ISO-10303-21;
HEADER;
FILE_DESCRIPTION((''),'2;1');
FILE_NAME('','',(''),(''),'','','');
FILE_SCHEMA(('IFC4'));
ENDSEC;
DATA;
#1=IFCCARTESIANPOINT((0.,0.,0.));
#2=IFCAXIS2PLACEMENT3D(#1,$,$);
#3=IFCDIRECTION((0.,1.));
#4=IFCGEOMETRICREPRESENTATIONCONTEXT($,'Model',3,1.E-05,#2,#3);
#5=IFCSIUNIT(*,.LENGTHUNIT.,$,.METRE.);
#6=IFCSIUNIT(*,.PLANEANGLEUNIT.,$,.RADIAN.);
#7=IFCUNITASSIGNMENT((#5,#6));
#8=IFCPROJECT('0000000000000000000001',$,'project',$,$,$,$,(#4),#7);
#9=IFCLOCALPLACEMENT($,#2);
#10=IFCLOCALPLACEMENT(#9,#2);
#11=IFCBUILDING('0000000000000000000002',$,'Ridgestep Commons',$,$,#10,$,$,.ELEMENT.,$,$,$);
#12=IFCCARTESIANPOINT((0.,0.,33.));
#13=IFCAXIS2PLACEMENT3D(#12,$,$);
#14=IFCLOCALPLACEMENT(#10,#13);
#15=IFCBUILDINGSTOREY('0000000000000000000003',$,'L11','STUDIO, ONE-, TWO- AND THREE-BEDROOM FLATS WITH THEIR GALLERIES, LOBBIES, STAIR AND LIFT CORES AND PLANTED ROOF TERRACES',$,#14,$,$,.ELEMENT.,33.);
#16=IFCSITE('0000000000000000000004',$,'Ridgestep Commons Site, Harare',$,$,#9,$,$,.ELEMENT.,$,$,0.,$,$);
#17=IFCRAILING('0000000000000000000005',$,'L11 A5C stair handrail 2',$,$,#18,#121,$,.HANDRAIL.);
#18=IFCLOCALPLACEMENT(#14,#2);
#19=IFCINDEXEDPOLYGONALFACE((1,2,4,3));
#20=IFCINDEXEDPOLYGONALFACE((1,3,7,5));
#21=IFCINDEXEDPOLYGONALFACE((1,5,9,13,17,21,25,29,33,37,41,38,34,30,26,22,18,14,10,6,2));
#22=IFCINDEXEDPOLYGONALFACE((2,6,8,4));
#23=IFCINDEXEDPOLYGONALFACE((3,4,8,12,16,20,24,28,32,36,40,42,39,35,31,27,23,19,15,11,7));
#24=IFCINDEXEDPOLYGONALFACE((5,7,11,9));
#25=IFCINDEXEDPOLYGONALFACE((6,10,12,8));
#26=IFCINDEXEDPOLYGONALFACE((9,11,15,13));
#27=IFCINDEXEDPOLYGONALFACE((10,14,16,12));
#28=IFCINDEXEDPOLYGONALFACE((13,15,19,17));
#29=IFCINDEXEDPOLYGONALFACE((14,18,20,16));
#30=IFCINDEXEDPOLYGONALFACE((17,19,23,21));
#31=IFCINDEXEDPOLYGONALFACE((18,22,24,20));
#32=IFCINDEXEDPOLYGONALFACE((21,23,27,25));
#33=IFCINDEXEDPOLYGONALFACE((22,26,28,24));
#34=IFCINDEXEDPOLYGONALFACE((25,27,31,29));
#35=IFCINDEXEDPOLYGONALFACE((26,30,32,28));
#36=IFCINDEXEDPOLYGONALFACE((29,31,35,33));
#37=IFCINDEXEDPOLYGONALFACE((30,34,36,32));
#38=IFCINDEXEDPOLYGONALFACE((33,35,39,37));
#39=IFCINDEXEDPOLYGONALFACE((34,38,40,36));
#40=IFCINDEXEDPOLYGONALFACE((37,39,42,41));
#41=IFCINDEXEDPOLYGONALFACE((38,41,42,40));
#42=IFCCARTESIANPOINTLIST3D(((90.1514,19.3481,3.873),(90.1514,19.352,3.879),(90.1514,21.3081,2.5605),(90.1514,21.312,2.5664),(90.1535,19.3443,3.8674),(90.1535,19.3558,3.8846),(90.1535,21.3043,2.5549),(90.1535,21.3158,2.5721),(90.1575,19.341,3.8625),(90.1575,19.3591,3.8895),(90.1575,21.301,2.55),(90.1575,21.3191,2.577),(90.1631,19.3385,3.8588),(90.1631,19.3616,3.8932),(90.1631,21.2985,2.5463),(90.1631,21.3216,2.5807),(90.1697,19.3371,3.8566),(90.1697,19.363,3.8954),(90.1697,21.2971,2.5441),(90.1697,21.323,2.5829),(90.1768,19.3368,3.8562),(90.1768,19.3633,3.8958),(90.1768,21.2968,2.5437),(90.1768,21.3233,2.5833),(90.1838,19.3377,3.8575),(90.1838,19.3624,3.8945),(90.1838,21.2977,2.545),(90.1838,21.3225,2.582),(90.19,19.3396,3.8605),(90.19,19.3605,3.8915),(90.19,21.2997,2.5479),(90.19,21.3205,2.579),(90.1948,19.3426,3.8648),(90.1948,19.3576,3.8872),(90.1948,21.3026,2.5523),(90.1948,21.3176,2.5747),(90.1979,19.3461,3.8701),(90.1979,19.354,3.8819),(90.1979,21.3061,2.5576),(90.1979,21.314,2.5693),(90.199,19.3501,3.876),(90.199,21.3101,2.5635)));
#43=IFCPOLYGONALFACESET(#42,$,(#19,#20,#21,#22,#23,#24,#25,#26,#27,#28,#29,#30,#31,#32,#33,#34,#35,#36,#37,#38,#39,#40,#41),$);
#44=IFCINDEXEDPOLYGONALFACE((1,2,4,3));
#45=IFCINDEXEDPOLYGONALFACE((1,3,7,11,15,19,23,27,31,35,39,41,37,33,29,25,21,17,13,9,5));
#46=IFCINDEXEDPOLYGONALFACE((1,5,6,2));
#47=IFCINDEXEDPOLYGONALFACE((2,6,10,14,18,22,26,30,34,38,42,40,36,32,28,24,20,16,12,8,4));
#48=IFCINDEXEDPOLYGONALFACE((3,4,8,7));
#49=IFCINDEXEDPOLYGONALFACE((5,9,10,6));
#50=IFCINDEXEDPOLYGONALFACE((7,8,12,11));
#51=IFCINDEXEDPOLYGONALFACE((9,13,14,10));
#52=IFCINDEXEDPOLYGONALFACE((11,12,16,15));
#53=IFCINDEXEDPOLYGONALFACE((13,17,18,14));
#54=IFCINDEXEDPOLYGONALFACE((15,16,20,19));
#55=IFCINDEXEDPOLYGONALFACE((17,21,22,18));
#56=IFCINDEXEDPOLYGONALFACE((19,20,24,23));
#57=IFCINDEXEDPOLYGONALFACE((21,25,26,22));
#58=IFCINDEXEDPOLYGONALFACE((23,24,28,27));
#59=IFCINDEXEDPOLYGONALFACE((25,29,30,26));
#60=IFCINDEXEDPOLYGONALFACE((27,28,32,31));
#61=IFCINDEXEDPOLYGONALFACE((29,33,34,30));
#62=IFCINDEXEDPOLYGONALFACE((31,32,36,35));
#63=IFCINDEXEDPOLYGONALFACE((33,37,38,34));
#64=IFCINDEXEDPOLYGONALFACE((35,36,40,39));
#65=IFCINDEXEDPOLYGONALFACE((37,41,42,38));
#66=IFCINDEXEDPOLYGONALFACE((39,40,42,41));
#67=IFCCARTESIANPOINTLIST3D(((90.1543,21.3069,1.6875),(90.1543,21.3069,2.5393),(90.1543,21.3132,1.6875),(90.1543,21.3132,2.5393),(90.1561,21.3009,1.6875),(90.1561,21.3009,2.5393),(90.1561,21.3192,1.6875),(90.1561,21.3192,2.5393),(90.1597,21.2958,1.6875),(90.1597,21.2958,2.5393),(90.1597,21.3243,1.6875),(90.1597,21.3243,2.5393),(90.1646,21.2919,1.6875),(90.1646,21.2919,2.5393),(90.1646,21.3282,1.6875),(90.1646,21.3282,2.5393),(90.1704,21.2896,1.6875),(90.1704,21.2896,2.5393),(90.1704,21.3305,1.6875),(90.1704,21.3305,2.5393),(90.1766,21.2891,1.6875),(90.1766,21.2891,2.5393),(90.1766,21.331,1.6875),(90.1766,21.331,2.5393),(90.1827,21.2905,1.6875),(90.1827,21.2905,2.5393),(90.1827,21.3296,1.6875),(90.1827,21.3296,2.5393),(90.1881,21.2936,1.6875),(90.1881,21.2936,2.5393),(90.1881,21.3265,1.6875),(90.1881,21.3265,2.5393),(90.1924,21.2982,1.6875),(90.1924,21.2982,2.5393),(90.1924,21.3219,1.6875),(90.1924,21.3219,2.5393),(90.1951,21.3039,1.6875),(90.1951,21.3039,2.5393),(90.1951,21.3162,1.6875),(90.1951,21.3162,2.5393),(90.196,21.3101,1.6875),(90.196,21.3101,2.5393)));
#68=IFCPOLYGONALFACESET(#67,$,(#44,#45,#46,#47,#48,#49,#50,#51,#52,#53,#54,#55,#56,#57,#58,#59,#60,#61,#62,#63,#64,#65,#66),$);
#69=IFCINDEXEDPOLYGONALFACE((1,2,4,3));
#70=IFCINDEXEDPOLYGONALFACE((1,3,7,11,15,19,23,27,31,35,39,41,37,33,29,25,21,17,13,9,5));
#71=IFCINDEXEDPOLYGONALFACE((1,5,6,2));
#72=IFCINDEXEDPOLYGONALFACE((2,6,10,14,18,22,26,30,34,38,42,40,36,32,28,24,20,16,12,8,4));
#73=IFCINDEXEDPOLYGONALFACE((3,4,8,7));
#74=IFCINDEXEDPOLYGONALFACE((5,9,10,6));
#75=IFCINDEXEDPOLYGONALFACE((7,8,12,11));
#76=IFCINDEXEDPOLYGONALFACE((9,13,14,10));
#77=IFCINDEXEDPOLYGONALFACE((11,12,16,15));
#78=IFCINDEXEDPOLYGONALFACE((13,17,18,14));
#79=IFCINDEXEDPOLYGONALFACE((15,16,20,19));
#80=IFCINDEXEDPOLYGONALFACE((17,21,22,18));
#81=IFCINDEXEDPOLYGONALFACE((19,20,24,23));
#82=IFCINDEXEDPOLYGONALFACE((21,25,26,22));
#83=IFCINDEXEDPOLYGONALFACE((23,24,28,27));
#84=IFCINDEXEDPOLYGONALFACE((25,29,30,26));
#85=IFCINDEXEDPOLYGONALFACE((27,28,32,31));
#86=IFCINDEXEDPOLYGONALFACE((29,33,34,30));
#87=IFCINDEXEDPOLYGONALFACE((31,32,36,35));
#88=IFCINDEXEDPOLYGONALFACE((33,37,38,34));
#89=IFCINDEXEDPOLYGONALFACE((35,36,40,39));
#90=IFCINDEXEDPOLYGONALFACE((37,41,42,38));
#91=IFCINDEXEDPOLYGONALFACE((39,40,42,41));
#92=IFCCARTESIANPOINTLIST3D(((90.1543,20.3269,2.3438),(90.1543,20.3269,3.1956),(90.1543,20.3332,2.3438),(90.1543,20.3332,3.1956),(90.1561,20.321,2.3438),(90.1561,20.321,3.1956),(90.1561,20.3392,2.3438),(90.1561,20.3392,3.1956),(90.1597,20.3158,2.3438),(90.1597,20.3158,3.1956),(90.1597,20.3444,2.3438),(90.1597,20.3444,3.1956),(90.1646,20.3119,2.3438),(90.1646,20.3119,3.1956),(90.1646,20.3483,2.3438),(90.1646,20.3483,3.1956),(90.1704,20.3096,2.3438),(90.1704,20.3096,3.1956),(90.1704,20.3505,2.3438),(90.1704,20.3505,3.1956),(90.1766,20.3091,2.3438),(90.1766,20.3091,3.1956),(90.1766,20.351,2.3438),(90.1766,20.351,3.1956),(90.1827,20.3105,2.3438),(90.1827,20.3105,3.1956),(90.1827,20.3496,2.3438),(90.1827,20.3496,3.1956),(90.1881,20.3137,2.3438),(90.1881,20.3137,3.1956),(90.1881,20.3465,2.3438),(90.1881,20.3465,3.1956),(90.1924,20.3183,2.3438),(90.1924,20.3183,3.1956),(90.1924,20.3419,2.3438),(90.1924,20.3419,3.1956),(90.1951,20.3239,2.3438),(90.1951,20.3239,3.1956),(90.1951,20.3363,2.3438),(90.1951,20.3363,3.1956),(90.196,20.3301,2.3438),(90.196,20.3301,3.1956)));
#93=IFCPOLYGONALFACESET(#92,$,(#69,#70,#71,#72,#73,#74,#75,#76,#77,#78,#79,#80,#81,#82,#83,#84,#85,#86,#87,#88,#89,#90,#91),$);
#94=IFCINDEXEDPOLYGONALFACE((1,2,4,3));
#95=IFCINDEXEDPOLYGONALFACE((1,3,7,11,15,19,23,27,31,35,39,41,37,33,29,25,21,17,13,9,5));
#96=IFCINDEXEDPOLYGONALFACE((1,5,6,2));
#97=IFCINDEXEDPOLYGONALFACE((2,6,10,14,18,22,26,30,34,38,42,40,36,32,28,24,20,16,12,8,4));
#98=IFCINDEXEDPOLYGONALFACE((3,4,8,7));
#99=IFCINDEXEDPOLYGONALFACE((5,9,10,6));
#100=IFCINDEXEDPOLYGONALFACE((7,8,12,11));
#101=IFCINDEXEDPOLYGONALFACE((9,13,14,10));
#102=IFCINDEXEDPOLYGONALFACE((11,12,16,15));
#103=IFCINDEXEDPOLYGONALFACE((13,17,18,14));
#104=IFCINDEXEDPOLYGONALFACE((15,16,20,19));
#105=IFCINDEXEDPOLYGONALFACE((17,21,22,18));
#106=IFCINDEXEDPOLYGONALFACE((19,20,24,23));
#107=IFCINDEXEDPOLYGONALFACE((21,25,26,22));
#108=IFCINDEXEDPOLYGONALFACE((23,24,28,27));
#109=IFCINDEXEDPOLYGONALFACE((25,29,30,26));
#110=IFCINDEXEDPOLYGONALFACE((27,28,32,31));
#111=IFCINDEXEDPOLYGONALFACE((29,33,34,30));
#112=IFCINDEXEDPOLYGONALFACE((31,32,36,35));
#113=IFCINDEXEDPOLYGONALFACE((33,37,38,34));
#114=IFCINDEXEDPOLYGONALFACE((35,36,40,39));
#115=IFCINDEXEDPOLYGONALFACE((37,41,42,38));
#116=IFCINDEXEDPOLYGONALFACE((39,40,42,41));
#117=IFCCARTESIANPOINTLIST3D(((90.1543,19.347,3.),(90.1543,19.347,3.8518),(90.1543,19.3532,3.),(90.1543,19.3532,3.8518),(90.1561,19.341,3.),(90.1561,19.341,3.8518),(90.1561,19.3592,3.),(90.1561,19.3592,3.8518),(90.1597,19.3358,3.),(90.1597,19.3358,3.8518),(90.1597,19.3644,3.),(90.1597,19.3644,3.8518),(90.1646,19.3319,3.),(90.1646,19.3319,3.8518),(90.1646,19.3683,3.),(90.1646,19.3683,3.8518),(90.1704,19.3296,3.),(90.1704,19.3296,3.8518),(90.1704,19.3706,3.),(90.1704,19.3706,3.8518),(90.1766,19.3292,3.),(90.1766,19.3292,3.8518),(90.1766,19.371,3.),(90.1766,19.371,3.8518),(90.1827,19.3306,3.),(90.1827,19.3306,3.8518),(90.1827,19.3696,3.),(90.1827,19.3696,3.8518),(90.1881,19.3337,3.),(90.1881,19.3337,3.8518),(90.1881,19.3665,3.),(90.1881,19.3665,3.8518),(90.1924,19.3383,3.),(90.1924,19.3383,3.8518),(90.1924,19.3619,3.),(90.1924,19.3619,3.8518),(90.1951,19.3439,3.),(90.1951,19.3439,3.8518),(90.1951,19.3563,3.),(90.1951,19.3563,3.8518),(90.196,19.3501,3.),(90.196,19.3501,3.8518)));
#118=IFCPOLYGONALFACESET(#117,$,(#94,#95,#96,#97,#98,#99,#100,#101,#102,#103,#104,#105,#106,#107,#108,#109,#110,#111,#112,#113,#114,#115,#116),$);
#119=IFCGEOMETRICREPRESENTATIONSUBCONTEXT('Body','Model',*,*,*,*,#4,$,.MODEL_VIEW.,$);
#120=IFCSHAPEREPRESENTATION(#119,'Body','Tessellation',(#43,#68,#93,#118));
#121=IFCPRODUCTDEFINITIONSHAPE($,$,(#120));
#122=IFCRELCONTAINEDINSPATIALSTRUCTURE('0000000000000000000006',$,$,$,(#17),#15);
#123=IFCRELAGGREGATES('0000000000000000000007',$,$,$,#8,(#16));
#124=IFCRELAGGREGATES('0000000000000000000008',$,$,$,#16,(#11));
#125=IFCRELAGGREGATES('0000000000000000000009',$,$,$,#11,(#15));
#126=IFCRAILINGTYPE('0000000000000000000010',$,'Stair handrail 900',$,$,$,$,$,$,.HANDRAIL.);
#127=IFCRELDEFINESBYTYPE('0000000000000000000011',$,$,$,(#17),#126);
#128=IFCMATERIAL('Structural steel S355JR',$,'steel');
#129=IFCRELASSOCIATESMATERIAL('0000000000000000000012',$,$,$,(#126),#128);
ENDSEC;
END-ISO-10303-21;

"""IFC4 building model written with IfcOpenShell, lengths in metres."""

from ifc_helpers import new_model, si_unit, direction, frame, origin, origin_2d, place, context, subcontext, project, spatial, circle, extrude, material, type_object, element, save


model = new_model("IFC4")

# Units and contexts
model_context = context("Model", 3, precision=1e-05, world=origin(), true_north=direction((0.0, 1.0)))
body_context = subcontext(model_context, "Body", "Model", "MODEL_VIEW")
ifc_project = project(units=[si_unit("LENGTHUNIT", "METRE"), si_unit("PLANEANGLEUNIT", "RADIAN")], contexts=[model_context])

# Site, building, storey
site_placement = place(None, origin())
site = spatial("IfcSite", under=ifc_project, at=site_placement, Name="Ridgestep Commons Site, Harare", CompositionType="ELEMENT", RefElevation=0.0)
building_placement = place(site_placement, origin())
building = spatial("IfcBuilding", under=site, at=building_placement, Name="Ridgestep Commons", CompositionType="ELEMENT")
storey_placement = place(building_placement, frame((0.0, 0.0, 33.0)))
storey = spatial("IfcBuildingStorey", under=building, at=storey_placement, Name="L11", Description="STUDIO, ONE-, TWO- AND THREE-BEDROOM FLATS WITH THEIR GALLERIES, LOBBIES, STAIR AND LIFT CORES AND PLANTED ROOF TERRACES", CompositionType="ELEMENT", Elevation=33.0)

# Railing
ifc_material_1 = material(Name="Structural steel S355JR", Category="steel")
railing_type_1 = type_object("IfcRailingType", Name="Stair handrail 900", PredefinedType="HANDRAIL", material=ifc_material_1)
railing_1_placement = place(storey_placement, frame((90.175, 21.3101, 1.6875)))
element("IfcRailing", 1, at=railing_1_placement, inside=storey, type_object=railing_type_1, Name="L11 A5C stair handrail 2", PredefinedType="HANDRAIL", context=body_context, shape_type="SweptSolid", body=[
    extrude(circle(Radius=0.0239, at=origin_2d()), frame((0.0, 0.0, 0.876), z_axis=(0.0, -0.830902, 0.556419), x_axis=(1.0, 0.0, 0.0)), (0.0, 0.0, 1.0), 2.3589),
    extrude(circle(Radius=0.021, at=origin_2d()), origin(), (0.0, 0.0, 1.0), 0.8518),
    extrude(circle(Radius=0.021, at=origin_2d()), frame((0.0, -0.98, 0.6562)), (0.0, 0.0, 1.0), 0.8518),
    extrude(circle(Radius=0.021, at=origin_2d()), frame((0.0, -1.96, 1.3125)), (0.0, 0.0, 1.0), 0.8518),
])

save(model, "model.ifc")
